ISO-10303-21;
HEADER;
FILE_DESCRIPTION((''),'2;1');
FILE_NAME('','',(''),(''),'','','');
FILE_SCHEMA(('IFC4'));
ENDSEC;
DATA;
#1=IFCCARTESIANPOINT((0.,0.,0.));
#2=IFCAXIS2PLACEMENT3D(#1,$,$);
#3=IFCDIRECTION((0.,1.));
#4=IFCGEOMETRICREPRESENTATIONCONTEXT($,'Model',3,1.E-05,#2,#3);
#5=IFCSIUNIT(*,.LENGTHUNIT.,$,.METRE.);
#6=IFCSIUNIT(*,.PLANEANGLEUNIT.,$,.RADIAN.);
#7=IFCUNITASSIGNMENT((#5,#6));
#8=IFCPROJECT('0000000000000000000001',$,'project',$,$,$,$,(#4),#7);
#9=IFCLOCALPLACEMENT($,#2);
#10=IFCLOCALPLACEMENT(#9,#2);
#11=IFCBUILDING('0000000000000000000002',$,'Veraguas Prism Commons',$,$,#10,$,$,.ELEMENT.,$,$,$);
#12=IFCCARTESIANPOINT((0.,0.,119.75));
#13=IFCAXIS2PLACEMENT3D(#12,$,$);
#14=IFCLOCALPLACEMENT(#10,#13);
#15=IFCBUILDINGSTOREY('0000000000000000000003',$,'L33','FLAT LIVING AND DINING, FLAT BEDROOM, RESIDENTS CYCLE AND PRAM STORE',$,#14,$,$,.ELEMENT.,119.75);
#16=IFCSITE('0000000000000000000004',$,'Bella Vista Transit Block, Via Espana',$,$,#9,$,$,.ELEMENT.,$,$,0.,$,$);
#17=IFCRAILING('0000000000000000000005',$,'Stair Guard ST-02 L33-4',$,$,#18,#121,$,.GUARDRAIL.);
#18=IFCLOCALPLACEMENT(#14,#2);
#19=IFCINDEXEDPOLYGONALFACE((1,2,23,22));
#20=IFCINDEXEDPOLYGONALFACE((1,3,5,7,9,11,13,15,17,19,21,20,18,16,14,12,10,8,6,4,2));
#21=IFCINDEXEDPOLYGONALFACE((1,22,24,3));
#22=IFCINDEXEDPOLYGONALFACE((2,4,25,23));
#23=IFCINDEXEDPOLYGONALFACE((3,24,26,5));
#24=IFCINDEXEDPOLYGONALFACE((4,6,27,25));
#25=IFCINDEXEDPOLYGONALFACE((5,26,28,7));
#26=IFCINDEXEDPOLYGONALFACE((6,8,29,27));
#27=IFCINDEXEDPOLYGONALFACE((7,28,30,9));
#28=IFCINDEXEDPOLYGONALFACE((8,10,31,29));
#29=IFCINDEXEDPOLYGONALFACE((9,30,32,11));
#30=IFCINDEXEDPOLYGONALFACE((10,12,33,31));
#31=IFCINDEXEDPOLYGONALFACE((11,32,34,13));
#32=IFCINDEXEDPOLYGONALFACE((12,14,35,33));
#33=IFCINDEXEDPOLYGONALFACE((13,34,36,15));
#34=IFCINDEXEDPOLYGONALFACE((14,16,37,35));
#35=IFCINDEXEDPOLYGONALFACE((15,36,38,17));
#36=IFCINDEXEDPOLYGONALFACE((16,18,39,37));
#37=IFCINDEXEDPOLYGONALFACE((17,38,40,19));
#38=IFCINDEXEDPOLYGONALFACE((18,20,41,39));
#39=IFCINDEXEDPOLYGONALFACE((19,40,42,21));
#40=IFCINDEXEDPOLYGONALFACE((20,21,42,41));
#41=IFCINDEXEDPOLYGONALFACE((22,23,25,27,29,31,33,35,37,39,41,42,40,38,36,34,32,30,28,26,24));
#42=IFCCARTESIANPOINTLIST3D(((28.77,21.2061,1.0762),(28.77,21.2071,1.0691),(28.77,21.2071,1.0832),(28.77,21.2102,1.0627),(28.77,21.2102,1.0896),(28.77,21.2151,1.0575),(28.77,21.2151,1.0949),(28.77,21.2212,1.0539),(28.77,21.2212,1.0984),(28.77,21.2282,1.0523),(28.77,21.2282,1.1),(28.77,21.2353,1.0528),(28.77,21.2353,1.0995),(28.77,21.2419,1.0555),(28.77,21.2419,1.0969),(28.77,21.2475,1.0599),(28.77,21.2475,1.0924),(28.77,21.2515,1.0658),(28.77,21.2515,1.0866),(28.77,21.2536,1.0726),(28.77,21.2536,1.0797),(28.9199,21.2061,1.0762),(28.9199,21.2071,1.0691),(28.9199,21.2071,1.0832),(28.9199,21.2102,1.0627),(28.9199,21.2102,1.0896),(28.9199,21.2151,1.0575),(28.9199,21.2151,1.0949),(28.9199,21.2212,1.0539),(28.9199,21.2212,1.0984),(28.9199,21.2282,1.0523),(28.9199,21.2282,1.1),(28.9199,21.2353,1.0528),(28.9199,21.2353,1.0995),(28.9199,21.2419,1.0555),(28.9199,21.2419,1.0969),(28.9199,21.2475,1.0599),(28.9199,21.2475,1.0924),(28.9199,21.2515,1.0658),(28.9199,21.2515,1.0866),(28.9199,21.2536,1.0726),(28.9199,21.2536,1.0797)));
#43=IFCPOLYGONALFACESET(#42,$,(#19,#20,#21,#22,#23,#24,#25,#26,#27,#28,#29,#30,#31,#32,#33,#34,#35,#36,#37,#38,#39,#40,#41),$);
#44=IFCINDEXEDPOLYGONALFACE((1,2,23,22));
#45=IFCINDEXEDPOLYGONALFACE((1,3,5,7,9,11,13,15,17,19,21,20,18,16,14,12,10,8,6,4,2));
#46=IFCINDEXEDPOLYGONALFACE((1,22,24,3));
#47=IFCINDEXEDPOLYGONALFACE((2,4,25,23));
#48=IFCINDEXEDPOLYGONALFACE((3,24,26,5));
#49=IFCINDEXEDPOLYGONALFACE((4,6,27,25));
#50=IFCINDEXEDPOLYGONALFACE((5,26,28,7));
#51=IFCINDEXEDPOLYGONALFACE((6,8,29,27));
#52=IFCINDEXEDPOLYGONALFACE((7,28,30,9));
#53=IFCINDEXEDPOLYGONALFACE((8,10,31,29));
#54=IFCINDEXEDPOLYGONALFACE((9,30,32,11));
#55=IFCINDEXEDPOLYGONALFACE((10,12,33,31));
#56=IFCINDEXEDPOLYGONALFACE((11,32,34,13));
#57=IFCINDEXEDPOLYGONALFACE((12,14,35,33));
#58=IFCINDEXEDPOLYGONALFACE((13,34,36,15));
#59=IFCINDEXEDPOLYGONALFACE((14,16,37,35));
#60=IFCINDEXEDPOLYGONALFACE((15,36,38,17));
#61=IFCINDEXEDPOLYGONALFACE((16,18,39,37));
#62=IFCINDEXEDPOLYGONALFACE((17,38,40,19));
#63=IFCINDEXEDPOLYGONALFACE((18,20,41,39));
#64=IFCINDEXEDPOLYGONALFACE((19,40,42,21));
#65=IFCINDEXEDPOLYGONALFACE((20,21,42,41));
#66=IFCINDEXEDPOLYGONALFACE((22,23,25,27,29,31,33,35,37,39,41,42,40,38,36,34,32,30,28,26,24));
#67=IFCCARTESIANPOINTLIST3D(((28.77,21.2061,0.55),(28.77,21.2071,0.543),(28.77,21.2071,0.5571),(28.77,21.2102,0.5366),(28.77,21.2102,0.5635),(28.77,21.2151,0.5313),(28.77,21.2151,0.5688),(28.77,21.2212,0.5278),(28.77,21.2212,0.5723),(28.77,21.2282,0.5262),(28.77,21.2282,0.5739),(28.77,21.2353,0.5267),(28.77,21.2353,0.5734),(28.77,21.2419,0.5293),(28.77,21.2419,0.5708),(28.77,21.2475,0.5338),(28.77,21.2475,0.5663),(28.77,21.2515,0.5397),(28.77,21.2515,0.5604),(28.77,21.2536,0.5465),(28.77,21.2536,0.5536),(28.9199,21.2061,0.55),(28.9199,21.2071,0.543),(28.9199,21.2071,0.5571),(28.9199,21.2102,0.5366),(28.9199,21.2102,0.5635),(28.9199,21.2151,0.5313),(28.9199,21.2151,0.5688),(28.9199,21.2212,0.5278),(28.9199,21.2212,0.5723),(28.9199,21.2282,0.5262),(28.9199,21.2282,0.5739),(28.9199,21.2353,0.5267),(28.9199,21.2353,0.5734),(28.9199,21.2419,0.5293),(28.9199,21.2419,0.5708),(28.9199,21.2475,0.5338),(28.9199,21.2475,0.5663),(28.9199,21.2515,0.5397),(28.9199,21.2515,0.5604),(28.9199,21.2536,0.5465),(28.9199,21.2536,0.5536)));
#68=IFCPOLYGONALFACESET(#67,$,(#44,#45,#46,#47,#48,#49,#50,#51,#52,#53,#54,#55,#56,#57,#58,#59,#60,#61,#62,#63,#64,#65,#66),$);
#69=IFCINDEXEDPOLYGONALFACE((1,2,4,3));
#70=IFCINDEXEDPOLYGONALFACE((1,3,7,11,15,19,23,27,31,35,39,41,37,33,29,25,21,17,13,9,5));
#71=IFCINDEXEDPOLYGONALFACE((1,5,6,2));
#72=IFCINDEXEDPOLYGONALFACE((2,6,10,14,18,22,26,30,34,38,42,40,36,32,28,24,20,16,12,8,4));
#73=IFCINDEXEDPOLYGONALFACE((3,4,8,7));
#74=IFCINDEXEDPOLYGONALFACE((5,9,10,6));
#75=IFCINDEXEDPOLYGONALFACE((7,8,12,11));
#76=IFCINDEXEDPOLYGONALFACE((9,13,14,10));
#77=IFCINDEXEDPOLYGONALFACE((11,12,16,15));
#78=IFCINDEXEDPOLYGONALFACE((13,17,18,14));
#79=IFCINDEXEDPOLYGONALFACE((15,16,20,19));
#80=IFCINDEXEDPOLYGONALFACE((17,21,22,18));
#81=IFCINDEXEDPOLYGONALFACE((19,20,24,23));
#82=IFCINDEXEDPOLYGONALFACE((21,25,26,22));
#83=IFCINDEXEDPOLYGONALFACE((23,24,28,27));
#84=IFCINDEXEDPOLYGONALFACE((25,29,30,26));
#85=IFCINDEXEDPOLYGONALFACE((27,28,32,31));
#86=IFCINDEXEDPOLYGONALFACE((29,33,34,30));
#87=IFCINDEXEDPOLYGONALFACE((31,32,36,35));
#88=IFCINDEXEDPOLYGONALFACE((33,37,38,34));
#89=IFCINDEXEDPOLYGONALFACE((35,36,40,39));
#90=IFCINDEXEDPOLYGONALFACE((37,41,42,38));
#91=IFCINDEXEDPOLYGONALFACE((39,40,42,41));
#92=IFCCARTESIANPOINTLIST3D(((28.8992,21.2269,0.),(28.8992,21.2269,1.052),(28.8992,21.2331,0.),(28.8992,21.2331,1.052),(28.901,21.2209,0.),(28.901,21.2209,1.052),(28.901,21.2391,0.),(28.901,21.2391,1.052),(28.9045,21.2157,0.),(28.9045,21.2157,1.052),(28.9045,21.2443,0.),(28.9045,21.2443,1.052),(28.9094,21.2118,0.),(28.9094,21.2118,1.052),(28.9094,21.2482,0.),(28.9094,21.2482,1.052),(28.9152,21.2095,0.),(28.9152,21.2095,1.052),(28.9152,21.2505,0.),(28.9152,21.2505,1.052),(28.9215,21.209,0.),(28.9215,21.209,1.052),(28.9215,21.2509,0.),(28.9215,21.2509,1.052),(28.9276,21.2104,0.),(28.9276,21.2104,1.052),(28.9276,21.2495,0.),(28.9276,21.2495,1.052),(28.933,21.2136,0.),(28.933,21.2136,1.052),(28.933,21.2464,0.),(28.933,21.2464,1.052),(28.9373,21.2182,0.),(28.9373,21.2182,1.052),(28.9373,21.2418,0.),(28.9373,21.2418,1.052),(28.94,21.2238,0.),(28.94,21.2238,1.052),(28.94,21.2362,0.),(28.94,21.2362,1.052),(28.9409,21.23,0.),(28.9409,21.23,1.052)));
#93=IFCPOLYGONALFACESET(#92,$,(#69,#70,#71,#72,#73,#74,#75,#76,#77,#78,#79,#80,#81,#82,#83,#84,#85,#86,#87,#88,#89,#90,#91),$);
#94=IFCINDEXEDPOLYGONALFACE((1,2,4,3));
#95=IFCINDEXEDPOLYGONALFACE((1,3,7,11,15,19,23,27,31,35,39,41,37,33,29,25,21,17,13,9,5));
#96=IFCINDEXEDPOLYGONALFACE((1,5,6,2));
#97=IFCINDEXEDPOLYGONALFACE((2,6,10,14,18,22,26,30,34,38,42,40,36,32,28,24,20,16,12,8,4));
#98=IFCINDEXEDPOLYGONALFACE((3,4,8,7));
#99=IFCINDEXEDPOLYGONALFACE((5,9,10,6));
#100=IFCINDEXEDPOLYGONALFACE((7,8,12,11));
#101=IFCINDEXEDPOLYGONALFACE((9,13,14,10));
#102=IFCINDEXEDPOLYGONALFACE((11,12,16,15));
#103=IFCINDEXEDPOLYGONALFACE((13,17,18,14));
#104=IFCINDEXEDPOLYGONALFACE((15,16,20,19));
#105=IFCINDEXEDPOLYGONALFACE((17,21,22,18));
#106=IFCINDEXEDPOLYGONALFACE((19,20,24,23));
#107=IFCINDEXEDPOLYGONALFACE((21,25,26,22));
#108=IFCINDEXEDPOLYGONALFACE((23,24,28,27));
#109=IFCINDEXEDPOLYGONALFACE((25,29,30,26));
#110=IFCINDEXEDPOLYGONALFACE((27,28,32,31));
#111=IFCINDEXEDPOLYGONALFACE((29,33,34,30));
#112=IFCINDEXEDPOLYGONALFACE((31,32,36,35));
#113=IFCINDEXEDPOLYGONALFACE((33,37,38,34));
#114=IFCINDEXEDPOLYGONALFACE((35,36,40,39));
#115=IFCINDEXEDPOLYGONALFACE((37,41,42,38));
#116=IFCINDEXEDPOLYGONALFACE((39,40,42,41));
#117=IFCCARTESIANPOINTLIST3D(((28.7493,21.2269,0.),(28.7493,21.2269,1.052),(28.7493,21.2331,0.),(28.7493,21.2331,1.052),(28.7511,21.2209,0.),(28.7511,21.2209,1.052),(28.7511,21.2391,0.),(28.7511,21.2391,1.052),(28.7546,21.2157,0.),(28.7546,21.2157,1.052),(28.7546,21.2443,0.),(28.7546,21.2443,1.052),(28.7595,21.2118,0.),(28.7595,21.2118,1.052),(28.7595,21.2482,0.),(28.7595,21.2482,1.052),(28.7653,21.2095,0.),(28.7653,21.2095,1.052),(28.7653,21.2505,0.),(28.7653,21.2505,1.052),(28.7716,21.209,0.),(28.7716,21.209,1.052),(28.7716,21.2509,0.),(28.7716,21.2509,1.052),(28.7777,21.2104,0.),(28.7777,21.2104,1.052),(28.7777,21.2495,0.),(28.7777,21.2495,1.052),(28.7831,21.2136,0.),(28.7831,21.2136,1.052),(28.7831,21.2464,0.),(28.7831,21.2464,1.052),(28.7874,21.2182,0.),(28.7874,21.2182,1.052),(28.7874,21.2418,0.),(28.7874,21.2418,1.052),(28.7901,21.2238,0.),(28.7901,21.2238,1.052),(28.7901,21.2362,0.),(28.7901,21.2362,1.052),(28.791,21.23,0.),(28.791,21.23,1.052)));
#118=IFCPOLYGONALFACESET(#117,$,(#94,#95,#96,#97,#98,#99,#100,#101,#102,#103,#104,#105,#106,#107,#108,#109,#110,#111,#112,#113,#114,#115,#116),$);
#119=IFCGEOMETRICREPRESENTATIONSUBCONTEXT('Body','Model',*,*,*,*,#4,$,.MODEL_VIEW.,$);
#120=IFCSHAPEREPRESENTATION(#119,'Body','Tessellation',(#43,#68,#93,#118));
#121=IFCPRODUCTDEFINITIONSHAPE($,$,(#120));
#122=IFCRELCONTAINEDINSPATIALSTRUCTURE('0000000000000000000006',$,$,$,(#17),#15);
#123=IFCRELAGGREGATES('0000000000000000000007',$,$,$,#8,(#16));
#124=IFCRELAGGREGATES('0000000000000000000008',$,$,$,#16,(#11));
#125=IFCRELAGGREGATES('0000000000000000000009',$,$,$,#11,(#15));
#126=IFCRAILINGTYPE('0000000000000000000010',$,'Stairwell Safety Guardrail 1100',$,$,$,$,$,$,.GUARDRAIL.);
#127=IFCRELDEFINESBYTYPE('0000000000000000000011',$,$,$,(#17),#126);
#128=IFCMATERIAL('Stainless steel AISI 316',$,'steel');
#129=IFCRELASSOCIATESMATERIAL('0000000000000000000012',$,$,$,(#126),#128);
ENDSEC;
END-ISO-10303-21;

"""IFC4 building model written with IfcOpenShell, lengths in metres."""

from ifc_helpers import new_model, si_unit, direction, frame, origin, origin_2d, place, context, subcontext, project, spatial, circle, extrude, material, type_object, element, save


model = new_model("IFC4")

# Units and contexts
model_context = context("Model", 3, precision=1e-05, world=origin(), true_north=direction((0.0, 1.0)))
body_context = subcontext(model_context, "Body", "Model", "MODEL_VIEW")
ifc_project = project(units=[si_unit("LENGTHUNIT", "METRE"), si_unit("PLANEANGLEUNIT", "RADIAN")], contexts=[model_context])

# Site, building, storey
site_placement = place(None, origin())
site = spatial("IfcSite", under=ifc_project, at=site_placement, Name="Bella Vista Transit Block, Via Espana", CompositionType="ELEMENT", RefElevation=0.0)
building_placement = place(site_placement, origin())
building = spatial("IfcBuilding", under=site, at=building_placement, Name="Veraguas Prism Commons", CompositionType="ELEMENT")
storey_placement = place(building_placement, frame((0.0, 0.0, 119.75)))
storey = spatial("IfcBuildingStorey", under=building, at=storey_placement, Name="L33", Description="FLAT LIVING AND DINING, FLAT BEDROOM, RESIDENTS CYCLE AND PRAM STORE", CompositionType="ELEMENT", Elevation=119.75)

# Shared definitions
ifc_material_1 = material(Name="Stainless steel AISI 316", Category="steel")

# Railing
railing_type = type_object("IfcRailingType", Name="Stairwell Safety Guardrail 1100", PredefinedType="GUARDRAIL", material=ifc_material_1)
railing_placement = place(storey_placement, frame((28.9199, 21.23, 0.0)))
element("IfcRailing", 1, at=railing_placement, inside=storey, type_object=railing_type, Name="Stair Guard ST-02 L33-4", PredefinedType="GUARDRAIL", context=body_context, shape_type="SweptSolid", body=[
    extrude(circle(Radius=0.0239, at=origin_2d()), frame((0.0, 0.0, 1.0762), z_axis=(-1.0, 0.0, 0.0), x_axis=(0.0, -1.0, 0.0)), (0.0, 0.0, 1.0), 0.1499),
    extrude(circle(Radius=0.0239, at=origin_2d()), frame((0.0, 0.0, 0.55), z_axis=(-1.0, 0.0, 0.0), x_axis=(0.0, -1.0, 0.0)), (0.0, 0.0, 1.0), 0.1499),
    extrude(circle(Radius=0.021, at=origin_2d()), origin(), (0.0, 0.0, 1.0), 1.052),
    extrude(circle(Radius=0.021, at=origin_2d()), frame((-0.1499, 0.0, 0.0)), (0.0, 0.0, 1.0), 1.052),
])

save(model, "model.ifc")
